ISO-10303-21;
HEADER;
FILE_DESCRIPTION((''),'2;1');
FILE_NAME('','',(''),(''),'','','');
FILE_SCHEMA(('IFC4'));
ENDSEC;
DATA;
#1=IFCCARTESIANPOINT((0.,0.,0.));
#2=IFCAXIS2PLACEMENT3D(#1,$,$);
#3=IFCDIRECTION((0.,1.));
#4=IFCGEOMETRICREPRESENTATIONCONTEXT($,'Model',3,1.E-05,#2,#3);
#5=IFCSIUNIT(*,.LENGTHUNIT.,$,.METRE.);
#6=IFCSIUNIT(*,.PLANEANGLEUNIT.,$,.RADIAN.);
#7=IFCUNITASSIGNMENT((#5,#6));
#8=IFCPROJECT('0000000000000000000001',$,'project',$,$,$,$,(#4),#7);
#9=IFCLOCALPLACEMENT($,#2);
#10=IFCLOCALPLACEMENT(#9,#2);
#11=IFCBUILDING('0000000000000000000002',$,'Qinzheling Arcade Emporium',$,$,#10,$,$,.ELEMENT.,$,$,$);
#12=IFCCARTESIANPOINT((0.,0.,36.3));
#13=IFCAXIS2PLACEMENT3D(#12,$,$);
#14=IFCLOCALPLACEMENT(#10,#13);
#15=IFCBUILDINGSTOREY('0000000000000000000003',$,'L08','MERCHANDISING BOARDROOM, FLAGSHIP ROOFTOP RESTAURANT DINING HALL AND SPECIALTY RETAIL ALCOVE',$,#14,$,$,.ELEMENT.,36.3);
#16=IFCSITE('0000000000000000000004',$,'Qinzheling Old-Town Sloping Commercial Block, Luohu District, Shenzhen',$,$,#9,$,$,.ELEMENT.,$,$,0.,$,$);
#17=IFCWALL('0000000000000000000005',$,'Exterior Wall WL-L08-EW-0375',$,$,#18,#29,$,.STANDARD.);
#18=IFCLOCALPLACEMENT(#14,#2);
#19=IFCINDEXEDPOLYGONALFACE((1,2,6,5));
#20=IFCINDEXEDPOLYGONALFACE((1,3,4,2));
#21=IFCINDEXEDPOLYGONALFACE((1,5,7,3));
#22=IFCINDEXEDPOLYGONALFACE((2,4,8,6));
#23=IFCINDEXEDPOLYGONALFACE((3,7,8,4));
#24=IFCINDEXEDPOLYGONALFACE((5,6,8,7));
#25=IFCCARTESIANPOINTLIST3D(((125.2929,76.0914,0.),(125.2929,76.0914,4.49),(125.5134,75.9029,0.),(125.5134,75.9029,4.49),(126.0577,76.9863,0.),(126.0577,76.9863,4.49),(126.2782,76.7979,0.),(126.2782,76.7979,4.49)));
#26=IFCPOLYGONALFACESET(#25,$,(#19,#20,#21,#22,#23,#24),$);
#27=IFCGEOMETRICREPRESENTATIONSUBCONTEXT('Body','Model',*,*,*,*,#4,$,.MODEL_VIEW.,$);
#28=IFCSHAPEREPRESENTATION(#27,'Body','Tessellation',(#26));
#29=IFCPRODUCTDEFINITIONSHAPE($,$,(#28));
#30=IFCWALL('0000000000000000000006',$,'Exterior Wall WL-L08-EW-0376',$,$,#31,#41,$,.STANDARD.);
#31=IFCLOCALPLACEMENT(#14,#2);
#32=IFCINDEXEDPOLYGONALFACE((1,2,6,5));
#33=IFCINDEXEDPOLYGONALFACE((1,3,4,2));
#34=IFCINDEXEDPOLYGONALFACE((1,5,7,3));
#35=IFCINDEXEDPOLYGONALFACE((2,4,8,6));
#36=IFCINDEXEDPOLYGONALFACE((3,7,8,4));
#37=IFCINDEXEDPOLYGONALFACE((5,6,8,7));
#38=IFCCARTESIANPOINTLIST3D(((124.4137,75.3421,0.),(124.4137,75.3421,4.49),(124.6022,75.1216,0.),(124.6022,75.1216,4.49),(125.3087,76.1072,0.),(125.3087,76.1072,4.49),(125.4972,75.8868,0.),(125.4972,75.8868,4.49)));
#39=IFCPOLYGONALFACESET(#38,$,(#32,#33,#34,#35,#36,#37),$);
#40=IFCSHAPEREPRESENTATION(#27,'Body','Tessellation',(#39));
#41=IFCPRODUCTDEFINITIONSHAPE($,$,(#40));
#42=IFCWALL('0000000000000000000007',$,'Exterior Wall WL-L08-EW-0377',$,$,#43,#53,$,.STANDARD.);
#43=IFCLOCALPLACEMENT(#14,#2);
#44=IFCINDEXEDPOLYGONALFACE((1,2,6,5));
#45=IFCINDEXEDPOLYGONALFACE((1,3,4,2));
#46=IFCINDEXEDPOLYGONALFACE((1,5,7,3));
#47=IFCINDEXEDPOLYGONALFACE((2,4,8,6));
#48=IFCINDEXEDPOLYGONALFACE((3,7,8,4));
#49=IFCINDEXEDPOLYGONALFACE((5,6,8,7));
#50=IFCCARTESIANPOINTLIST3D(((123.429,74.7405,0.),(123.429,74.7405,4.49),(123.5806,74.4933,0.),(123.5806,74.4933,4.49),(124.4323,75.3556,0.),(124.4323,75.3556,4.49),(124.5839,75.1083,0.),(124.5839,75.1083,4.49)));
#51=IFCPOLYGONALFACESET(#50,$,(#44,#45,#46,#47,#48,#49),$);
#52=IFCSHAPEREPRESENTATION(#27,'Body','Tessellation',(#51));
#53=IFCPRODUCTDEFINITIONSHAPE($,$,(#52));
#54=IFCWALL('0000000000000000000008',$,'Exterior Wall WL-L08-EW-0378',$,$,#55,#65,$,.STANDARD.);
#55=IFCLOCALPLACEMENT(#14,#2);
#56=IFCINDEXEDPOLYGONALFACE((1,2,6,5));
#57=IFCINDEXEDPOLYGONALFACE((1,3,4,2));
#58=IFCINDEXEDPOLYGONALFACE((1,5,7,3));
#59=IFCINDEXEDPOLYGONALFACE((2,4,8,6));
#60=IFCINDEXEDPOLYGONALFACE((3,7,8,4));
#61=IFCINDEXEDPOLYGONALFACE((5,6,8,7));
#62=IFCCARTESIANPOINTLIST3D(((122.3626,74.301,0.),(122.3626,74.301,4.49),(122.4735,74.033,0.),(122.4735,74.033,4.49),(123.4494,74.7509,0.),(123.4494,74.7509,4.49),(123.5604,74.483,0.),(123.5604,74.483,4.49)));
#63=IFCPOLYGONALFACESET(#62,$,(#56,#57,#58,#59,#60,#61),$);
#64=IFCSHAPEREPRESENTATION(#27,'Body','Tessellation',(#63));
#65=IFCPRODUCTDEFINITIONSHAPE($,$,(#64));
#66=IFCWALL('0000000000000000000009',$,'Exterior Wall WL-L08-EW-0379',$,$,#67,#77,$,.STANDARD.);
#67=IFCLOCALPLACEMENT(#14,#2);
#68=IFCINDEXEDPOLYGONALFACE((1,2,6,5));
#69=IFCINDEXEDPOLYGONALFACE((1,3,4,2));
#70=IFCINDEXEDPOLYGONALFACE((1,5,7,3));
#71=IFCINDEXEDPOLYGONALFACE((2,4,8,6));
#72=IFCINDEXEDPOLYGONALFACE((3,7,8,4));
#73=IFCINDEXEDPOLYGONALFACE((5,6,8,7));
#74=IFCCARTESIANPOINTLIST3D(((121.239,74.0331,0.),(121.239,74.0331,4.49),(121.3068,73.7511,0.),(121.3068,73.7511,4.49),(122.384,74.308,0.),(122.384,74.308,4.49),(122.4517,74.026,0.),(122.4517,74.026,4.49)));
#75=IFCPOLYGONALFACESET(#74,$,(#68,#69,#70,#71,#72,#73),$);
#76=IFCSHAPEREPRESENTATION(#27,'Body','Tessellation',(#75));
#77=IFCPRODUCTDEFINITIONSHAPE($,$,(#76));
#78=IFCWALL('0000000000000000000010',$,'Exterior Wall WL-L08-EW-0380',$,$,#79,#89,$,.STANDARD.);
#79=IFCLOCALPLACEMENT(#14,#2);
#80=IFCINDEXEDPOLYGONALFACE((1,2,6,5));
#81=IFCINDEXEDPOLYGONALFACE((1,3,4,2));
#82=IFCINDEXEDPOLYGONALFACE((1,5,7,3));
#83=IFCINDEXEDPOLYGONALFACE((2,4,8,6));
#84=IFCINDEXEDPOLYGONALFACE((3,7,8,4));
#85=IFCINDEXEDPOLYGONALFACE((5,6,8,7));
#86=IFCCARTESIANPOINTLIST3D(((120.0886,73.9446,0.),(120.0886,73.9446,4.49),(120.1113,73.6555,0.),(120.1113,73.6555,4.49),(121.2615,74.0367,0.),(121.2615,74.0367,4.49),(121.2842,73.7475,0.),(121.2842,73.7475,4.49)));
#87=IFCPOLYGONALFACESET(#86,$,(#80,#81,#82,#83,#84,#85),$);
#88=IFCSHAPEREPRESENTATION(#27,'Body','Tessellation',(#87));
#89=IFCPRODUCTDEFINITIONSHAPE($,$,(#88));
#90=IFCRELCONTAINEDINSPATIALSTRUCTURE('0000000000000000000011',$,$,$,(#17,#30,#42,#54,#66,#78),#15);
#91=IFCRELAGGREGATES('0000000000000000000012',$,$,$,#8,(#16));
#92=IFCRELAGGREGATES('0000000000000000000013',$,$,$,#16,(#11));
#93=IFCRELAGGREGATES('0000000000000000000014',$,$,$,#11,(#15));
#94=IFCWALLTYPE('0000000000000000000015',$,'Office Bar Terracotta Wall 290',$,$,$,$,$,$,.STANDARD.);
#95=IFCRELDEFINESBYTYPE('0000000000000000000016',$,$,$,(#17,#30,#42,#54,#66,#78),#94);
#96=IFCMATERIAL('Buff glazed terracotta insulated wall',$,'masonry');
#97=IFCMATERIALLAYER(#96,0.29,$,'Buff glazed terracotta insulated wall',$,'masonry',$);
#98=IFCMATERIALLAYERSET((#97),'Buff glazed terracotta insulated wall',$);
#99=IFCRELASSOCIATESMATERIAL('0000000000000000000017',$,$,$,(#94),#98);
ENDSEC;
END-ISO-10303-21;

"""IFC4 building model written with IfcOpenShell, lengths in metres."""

from ifc_helpers import new_model, si_unit, direction, frame, frame_2d, origin, place, context, subcontext, project, spatial, rectangle, extrude, material, layer, layer_set, type_object, element, save


model = new_model("IFC4")

# Units and contexts
model_context = context("Model", 3, precision=1e-05, world=origin(), true_north=direction((0.0, 1.0)))
body_context = subcontext(model_context, "Body", "Model", "MODEL_VIEW")
ifc_project = project(units=[si_unit("LENGTHUNIT", "METRE"), si_unit("PLANEANGLEUNIT", "RADIAN")], contexts=[model_context])

# Site, building, storey
site_placement = place(None, origin())
site = spatial("IfcSite", under=ifc_project, at=site_placement, Name="Qinzheling Old-Town Sloping Commercial Block, Luohu District, Shenzhen", CompositionType="ELEMENT", RefElevation=0.0)
building_placement = place(site_placement, origin())
building = spatial("IfcBuilding", under=site, at=building_placement, Name="Qinzheling Arcade Emporium", CompositionType="ELEMENT")
storey_placement = place(building_placement, frame((0.0, 0.0, 36.3)))
storey = spatial("IfcBuildingStorey", under=building, at=storey_placement, Name="L08", Description="MERCHANDISING BOARDROOM, FLAGSHIP ROOFTOP RESTAURANT DINING HALL AND SPECIALTY RETAIL ALCOVE", CompositionType="ELEMENT", Elevation=36.3)

# Walls
ifc_material_1 = material(Name="Buff glazed terracotta insulated wall", Category="masonry")
ifc_layer_1 = layer(ifc_material_1, 0.29, Name="Buff glazed terracotta insulated wall", Category="masonry")
ifc_layer_set_1 = layer_set([ifc_layer_1], Name="Buff glazed terracotta insulated wall")
wall_type = type_object("IfcWallType", Name="Office Bar Terracotta Wall 290", PredefinedType="STANDARD", material=ifc_layer_set_1)
wall_1_placement = place(storey_placement, frame((126.168, 76.8921, 0.0), z_axis=(0.0, 0.0, 1.0), x_axis=(-0.649681, -0.760207, 0.0)))
element("IfcWall", 1, at=wall_1_placement, inside=storey, type_object=wall_type, Name="Exterior Wall WL-L08-EW-0375", PredefinedType="STANDARD", context=body_context, shape_type="SweptSolid", body=[
    extrude(rectangle(XDim=1.1772, YDim=0.29, at=frame_2d((0.5886, 0.0))), origin(), (0.0, 0.0, 1.0), 4.49),
])
wall_2_placement = place(storey_placement, frame((125.4031, 75.9971, 0.0), z_axis=(0.0, 0.0, 1.0), x_axis=(-0.760105, -0.6498, 0.0)))
element("IfcWall", 2, at=wall_2_placement, inside=storey, type_object=wall_type, Name="Exterior Wall WL-L08-EW-0376", PredefinedType="STANDARD", context=body_context, shape_type="SweptSolid", body=[
    extrude(rectangle(XDim=1.1775, YDim=0.29, at=frame_2d((0.5889, 0.0))), origin(), (0.0, 0.0, 1.0), 4.49),
])
wall_3_placement = place(storey_placement, frame((124.5081, 75.2319, 0.0), z_axis=(0.0, 0.0, 1.0), x_axis=(-0.852548, -0.52265, 0.0)))
element("IfcWall", 3, at=wall_3_placement, inside=storey, type_object=wall_type, Name="Exterior Wall WL-L08-EW-0377", PredefinedType="STANDARD", context=body_context, shape_type="SweptSolid", body=[
    extrude(rectangle(XDim=1.1768, YDim=0.29, at=frame_2d((0.5884, 0.0))), origin(), (0.0, 0.0, 1.0), 4.49),
])
wall_4_placement = place(storey_placement, frame((123.5049, 74.6169, 0.0), z_axis=(0.0, 0.0, 1.0), x_axis=(-0.923959, -0.382492, 0.0)))
element("IfcWall", 4, at=wall_4_placement, inside=storey, type_object=wall_type, Name="Exterior Wall WL-L08-EW-0378", PredefinedType="STANDARD", context=body_context, shape_type="SweptSolid", body=[
    extrude(rectangle(XDim=1.1763, YDim=0.29, at=frame_2d((0.5881, 0.0))), origin(), (0.0, 0.0, 1.0), 4.49),
])
wall_5_placement = place(storey_placement, frame((122.418, 74.167, 0.0), z_axis=(0.0, 0.0, 1.0), x_axis=(-0.972368, -0.233451, 0.0)))
element("IfcWall", 5, at=wall_5_placement, inside=storey, type_object=wall_type, Name="Exterior Wall WL-L08-EW-0379", PredefinedType="STANDARD", context=body_context, shape_type="SweptSolid", body=[
    extrude(rectangle(XDim=1.1775, YDim=0.29, at=frame_2d((0.5889, 0.0))), origin(), (0.0, 0.0, 1.0), 4.49),
])
wall_6_placement = place(storey_placement, frame((121.2729, 73.8921, 0.0), z_axis=(0.0, 0.0, 1.0), x_axis=(-0.996935, -0.078236, 0.0)))
element("IfcWall", 6, at=wall_6_placement, inside=storey, type_object=wall_type, Name="Exterior Wall WL-L08-EW-0380", PredefinedType="STANDARD", context=body_context, shape_type="SweptSolid", body=[
    extrude(rectangle(XDim=1.1765, YDim=0.29, at=frame_2d((0.5884, 0.0))), origin(), (0.0, 0.0, 1.0), 4.49),
])

save(model, "model.ifc")
